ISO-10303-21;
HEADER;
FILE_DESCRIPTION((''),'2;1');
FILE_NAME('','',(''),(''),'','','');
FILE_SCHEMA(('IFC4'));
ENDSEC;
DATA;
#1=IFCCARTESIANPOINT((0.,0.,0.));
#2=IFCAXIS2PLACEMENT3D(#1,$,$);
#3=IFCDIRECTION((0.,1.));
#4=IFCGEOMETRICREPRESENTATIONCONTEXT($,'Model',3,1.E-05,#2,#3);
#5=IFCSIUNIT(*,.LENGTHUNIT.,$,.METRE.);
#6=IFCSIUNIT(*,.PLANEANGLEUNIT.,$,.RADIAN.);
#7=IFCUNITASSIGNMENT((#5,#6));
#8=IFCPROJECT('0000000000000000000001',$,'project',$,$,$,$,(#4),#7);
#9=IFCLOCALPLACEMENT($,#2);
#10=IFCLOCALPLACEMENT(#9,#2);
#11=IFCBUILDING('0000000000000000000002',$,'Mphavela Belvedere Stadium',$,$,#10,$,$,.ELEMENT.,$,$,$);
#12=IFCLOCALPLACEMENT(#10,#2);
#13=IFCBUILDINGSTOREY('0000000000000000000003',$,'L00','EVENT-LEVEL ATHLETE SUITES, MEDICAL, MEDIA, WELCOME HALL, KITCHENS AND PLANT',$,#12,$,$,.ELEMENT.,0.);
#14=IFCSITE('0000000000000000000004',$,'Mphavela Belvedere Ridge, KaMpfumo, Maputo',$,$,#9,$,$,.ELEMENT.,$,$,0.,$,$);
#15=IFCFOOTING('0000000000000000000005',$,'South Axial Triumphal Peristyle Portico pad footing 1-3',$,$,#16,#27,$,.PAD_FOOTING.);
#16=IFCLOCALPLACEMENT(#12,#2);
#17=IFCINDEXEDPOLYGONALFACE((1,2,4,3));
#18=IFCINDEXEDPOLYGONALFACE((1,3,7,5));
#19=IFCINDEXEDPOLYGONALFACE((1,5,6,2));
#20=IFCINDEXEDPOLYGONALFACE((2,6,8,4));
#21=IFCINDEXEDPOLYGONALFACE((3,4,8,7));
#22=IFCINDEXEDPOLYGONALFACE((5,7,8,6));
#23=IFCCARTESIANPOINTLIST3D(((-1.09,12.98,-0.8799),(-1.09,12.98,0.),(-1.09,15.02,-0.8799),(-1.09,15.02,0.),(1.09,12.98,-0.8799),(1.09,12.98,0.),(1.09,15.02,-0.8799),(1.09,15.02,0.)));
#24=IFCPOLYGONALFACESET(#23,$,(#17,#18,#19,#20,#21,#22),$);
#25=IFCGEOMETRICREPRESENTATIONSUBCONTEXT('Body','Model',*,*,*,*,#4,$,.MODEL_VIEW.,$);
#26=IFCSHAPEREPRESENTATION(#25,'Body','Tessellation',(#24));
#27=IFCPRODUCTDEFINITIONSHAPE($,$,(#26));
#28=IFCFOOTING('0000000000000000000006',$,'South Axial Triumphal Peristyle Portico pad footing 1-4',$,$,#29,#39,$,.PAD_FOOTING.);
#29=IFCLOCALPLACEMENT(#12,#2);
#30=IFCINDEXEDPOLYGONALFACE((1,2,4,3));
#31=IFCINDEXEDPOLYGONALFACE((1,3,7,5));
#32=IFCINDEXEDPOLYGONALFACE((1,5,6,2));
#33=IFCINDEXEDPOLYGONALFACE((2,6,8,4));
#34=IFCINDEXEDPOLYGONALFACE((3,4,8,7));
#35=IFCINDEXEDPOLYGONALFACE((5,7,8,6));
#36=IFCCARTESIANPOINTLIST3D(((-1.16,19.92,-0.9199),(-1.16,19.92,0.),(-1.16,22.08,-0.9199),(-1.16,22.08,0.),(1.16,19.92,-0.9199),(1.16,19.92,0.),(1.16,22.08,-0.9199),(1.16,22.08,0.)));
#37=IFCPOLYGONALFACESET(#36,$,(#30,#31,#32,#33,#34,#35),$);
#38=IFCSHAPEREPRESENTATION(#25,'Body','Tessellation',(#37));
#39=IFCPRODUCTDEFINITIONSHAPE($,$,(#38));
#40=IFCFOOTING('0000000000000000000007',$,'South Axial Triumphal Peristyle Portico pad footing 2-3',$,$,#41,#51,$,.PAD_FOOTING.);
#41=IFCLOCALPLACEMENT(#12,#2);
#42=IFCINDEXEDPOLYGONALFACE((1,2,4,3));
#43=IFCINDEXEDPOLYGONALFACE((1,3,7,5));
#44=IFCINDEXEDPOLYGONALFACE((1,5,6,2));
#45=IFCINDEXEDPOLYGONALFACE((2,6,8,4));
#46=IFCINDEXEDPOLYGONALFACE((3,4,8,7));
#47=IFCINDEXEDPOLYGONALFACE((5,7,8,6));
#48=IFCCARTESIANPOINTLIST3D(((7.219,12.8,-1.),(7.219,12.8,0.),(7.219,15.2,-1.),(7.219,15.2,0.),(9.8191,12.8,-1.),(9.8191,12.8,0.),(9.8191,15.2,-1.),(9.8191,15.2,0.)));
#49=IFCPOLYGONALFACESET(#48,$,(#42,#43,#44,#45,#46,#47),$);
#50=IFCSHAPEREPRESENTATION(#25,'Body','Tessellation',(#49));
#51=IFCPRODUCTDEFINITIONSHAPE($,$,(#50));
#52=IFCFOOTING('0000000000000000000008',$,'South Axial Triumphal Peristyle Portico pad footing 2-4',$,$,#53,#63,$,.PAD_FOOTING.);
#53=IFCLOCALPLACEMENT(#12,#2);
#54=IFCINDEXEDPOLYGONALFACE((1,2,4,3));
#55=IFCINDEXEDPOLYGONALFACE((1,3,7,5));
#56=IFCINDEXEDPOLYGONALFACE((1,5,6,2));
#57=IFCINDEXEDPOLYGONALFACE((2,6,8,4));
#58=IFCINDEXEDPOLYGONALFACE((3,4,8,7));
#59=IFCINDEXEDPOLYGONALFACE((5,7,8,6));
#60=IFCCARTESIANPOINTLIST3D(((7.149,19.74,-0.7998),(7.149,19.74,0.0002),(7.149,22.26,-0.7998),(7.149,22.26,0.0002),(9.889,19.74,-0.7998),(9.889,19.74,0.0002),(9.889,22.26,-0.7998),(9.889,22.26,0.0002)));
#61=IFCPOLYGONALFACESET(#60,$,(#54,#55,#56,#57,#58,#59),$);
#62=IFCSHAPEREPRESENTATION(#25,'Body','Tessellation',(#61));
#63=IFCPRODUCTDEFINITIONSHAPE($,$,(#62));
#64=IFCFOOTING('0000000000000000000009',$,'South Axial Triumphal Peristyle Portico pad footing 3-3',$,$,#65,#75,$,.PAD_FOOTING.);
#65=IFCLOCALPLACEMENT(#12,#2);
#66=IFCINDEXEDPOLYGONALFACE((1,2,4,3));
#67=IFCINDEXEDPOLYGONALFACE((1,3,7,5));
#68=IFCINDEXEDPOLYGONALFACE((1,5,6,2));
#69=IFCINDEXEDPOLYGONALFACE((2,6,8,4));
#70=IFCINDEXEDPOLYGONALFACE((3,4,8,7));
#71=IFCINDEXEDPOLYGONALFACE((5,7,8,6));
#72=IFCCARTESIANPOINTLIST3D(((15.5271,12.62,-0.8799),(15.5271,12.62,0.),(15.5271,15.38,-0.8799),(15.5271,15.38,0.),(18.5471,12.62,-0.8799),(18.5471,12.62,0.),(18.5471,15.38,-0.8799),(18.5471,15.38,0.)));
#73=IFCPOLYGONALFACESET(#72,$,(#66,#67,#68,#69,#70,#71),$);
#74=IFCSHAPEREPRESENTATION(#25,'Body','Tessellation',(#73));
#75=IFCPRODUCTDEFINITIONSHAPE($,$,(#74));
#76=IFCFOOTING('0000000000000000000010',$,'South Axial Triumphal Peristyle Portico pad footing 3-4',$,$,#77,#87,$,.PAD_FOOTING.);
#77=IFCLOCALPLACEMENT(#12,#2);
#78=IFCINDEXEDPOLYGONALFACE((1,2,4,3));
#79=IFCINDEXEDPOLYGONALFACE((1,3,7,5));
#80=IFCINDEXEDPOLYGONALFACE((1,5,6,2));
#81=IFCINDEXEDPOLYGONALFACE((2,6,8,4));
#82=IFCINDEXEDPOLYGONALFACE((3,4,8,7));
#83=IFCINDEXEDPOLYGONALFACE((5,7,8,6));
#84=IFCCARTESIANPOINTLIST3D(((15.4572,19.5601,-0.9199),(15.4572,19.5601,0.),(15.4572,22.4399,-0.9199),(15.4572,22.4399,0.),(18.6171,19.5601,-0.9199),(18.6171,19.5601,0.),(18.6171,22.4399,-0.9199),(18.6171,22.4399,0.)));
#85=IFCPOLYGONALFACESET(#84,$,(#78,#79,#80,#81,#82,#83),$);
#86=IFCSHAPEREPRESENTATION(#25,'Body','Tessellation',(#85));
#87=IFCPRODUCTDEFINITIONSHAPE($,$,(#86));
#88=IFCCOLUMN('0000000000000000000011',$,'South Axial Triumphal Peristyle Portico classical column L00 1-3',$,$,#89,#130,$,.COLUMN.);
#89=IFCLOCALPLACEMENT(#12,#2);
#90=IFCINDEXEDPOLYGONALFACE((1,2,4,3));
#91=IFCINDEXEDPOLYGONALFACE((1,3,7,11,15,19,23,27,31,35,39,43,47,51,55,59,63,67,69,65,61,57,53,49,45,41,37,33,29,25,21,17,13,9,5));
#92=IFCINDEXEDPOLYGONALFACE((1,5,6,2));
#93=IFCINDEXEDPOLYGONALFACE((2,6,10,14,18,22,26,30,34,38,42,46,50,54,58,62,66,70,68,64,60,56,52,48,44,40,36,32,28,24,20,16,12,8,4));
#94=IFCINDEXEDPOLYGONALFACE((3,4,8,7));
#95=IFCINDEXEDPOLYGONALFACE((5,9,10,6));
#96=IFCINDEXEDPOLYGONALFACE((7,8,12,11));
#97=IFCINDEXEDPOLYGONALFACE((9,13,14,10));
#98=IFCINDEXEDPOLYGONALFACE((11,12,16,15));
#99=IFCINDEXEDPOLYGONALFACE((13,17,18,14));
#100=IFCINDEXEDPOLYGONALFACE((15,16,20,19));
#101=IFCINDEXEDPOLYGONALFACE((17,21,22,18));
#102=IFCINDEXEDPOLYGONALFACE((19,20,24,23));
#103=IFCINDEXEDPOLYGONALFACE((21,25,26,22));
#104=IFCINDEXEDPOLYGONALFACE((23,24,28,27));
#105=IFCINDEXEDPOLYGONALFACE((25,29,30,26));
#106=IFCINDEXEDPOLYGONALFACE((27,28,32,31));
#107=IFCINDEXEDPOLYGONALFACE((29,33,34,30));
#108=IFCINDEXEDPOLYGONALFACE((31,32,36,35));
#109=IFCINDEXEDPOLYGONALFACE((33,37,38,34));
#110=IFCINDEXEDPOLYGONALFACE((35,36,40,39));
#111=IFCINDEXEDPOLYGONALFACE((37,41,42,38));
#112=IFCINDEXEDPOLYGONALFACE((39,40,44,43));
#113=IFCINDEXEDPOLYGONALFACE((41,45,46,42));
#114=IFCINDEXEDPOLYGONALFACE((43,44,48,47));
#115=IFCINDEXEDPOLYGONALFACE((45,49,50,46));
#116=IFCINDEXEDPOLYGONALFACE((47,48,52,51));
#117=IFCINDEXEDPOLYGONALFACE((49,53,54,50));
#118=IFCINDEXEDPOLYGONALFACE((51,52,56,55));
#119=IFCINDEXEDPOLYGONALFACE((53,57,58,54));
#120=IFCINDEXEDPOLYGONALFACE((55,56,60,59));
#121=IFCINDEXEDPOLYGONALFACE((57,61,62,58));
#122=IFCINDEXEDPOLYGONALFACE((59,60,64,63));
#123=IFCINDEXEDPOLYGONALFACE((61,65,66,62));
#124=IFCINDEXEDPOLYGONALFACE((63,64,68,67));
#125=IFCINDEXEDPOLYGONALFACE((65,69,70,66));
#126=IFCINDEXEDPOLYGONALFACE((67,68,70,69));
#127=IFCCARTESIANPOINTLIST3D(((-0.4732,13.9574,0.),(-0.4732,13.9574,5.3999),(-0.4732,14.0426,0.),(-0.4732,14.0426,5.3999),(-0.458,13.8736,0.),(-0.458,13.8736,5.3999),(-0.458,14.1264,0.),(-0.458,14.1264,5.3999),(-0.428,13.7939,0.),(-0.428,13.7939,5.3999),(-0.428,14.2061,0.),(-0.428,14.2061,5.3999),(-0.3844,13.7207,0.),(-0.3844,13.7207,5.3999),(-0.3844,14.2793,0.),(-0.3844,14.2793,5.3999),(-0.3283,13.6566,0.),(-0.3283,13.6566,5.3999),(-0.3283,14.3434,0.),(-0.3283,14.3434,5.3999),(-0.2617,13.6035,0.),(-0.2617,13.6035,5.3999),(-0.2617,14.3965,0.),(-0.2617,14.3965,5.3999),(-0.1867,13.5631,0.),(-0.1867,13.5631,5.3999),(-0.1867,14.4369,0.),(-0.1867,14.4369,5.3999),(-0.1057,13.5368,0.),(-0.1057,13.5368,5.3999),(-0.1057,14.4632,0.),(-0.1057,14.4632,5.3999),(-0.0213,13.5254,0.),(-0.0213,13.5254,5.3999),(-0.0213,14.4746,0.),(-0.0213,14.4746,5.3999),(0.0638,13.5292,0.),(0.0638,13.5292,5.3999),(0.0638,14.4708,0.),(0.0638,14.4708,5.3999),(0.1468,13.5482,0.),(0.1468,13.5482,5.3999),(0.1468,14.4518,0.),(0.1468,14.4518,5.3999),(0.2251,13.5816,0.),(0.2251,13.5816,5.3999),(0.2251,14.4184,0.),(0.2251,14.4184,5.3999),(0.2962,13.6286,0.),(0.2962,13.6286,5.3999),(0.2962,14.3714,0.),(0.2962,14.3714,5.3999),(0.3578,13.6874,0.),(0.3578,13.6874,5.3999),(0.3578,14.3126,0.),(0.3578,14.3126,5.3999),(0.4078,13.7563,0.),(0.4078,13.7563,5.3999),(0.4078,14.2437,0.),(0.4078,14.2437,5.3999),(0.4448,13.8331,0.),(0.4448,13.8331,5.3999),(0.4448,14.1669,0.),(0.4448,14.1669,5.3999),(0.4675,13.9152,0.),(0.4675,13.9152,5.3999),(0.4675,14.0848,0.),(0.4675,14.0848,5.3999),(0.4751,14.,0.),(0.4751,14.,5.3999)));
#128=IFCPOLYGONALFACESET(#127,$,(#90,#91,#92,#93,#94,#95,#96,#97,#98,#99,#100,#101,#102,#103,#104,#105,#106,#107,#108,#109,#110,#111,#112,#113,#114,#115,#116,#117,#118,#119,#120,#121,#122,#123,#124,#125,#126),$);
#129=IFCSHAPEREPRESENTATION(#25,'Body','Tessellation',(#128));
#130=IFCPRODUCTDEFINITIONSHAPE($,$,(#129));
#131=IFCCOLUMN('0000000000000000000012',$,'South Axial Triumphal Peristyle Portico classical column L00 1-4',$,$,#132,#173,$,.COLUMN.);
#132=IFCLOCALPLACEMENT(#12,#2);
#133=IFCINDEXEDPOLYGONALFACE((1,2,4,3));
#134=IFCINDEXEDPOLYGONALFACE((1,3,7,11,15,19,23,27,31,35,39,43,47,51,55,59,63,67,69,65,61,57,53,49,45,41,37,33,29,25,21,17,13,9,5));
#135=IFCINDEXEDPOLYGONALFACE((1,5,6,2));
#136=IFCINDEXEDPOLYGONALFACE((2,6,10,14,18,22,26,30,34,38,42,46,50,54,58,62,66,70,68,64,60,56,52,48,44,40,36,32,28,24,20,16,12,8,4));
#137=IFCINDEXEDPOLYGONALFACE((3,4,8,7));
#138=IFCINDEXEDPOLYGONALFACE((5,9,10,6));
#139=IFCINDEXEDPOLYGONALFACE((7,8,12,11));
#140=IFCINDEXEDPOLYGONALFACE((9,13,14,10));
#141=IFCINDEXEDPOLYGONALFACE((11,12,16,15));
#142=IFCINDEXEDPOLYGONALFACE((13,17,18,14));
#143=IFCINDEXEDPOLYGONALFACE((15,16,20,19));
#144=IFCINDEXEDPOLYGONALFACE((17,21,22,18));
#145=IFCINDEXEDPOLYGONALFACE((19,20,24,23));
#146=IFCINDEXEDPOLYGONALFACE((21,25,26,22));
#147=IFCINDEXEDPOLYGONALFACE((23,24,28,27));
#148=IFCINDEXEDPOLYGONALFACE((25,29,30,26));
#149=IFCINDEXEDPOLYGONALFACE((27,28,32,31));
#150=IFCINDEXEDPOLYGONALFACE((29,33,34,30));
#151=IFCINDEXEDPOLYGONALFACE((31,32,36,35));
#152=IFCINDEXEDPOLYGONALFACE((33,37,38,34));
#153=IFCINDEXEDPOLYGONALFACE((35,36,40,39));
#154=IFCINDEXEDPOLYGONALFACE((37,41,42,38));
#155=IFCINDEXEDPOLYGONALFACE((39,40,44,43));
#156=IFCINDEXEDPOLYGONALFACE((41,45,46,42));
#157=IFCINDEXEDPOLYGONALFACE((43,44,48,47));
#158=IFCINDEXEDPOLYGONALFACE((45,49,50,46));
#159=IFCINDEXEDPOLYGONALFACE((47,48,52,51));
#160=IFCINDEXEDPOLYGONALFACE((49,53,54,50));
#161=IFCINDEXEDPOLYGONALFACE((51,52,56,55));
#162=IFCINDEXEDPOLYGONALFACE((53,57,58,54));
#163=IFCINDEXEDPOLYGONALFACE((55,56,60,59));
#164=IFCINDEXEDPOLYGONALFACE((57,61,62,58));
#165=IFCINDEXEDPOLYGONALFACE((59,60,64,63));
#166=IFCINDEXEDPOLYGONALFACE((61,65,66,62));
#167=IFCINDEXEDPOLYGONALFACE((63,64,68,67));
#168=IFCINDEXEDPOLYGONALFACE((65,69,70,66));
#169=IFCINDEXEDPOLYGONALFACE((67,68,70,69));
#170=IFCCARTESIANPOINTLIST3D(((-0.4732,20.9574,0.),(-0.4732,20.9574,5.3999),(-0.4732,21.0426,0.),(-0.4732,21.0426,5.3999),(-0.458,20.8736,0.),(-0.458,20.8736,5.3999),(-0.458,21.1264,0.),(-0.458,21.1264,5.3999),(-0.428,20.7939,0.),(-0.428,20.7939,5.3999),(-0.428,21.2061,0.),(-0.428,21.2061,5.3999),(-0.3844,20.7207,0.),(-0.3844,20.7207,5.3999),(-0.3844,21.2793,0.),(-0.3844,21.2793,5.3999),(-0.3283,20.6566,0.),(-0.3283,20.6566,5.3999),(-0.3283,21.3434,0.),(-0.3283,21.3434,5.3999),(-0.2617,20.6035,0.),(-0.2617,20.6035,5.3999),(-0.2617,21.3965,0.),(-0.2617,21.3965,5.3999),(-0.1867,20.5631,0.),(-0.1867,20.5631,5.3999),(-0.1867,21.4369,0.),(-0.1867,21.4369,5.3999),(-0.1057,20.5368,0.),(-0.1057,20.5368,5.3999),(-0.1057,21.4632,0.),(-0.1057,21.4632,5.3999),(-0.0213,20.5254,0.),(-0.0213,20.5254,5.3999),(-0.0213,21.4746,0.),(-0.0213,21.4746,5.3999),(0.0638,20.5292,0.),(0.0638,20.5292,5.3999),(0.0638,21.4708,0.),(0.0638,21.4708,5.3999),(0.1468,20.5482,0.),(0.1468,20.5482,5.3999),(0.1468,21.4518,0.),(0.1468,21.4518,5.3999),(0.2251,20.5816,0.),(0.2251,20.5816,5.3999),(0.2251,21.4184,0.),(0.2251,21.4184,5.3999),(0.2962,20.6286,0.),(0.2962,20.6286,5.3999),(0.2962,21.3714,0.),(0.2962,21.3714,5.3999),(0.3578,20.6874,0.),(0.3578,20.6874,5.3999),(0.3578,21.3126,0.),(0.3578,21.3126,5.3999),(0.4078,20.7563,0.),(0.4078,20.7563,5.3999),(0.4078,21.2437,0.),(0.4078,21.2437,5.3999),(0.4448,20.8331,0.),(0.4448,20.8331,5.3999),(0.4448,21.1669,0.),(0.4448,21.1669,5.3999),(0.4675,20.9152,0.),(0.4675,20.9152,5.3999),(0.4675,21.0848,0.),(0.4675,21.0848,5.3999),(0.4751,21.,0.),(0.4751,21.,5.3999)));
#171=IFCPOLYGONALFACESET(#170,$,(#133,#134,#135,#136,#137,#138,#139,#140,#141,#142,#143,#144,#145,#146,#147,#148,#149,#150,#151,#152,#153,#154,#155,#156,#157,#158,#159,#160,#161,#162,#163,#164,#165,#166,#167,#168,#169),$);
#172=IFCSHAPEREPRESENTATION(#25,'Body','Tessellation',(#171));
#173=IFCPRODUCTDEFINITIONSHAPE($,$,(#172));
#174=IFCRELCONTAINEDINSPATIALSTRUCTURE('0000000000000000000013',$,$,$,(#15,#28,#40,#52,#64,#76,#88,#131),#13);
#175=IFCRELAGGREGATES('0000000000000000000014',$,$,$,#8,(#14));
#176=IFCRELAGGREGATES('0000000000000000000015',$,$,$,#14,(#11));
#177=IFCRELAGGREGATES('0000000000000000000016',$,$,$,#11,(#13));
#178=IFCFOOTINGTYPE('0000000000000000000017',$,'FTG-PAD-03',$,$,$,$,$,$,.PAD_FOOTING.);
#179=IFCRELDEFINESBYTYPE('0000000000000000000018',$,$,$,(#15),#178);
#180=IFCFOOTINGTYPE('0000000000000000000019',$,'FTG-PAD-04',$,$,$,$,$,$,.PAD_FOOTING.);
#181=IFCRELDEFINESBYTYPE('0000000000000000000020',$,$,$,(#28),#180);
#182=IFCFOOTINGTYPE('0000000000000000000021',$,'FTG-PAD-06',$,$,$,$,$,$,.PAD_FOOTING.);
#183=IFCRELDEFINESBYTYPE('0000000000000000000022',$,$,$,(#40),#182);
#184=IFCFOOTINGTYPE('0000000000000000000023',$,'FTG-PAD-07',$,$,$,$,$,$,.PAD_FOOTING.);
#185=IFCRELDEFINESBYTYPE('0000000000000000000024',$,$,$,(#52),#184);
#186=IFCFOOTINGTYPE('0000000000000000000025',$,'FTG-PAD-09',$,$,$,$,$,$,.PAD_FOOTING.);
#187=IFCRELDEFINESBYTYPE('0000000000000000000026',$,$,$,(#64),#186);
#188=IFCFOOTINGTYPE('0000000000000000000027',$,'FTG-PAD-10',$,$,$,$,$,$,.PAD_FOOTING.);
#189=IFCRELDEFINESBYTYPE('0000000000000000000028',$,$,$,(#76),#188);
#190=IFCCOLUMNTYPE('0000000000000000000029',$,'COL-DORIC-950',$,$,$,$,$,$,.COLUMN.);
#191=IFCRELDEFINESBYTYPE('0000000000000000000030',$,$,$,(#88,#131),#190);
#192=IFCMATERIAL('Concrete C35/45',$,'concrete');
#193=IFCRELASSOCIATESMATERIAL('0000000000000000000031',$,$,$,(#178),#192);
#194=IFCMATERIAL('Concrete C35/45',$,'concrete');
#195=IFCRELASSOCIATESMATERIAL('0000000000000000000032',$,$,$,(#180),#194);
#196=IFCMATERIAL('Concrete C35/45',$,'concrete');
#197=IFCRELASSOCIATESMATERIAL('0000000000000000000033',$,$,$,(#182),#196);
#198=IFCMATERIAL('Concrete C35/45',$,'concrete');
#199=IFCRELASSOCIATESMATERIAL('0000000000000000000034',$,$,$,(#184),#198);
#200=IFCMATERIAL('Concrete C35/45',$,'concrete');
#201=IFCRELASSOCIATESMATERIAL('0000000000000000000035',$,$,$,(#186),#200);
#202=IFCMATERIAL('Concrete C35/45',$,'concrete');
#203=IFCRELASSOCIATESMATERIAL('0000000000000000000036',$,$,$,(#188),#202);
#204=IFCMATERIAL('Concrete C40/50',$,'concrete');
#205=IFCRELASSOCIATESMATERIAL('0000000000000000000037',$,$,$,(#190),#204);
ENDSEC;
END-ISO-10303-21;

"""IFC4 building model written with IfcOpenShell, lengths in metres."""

from ifc_helpers import new_model, si_unit, direction, frame, origin, origin_2d, place, context, subcontext, project, spatial, rectangle, circle, extrude, material, material_profile, profile_set, type_object, element, save


model = new_model("IFC4")

# Units and contexts
model_context = context("Model", 3, precision=1e-05, world=origin(), true_north=direction((0.0, 1.0)))
body_context = subcontext(model_context, "Body", "Model", "MODEL_VIEW")
ifc_project = project(units=[si_unit("LENGTHUNIT", "METRE"), si_unit("PLANEANGLEUNIT", "RADIAN")], contexts=[model_context])

# Site, building, storey
site_placement = place(None, origin())
site = spatial("IfcSite", under=ifc_project, at=site_placement, Name="Mphavela Belvedere Ridge, KaMpfumo, Maputo", CompositionType="ELEMENT", RefElevation=0.0)
building_placement = place(site_placement, origin())
building = spatial("IfcBuilding", under=site, at=building_placement, Name="Mphavela Belvedere Stadium", CompositionType="ELEMENT")
storey_placement = place(building_placement, origin())
storey = spatial("IfcBuildingStorey", under=building, at=storey_placement, Name="L00", Description="EVENT-LEVEL ATHLETE SUITES, MEDICAL, MEDIA, WELCOME HALL, KITCHENS AND PLANT", CompositionType="ELEMENT", Elevation=0.0)

# Footings
ifc_material_1 = material(Name="Concrete C35/45", Category="concrete")
footing_type_1 = type_object("IfcFootingType", Name="FTG-PAD-03", PredefinedType="PAD_FOOTING", material=ifc_material_1)
footing_1_placement = place(storey_placement, frame((0.0, 14.0, -0.8799), z_axis=(0.0, 0.0, 1.0), x_axis=(1.0, 0.0, 0.0)))
element("IfcFooting", 1, at=footing_1_placement, inside=storey, type_object=footing_type_1, Name="South Axial Triumphal Peristyle Portico pad footing 1-3", PredefinedType="PAD_FOOTING", context=body_context, shape_type="SweptSolid", body=[
    extrude(rectangle(XDim=2.1799, YDim=2.04, at=origin_2d()), origin(), (0.0, 0.0, 1.0), 0.8799),
])
ifc_material_2 = material(Name="Concrete C35/45", Category="concrete")
footing_type_2 = type_object("IfcFootingType", Name="FTG-PAD-04", PredefinedType="PAD_FOOTING", material=ifc_material_2)
footing_2_placement = place(storey_placement, frame((0.0, 21.0, -0.9199), z_axis=(0.0, 0.0, 1.0), x_axis=(1.0, 0.0, 0.0)))
element("IfcFooting", 2, at=footing_2_placement, inside=storey, type_object=footing_type_2, Name="South Axial Triumphal Peristyle Portico pad footing 1-4", PredefinedType="PAD_FOOTING", context=body_context, shape_type="SweptSolid", body=[
    extrude(rectangle(XDim=2.3201, YDim=2.1599, at=origin_2d()), origin(), (0.0, 0.0, 1.0), 0.9199),
])
ifc_material_3 = material(Name="Concrete C35/45", Category="concrete")
footing_type_3 = type_object("IfcFootingType", Name="FTG-PAD-06", PredefinedType="PAD_FOOTING", material=ifc_material_3)
footing_3_placement = place(storey_placement, frame((8.519, 14.0, -1.0), z_axis=(0.0, 0.0, 1.0), x_axis=(1.0, 0.0, 0.0)))
element("IfcFooting", 3, at=footing_3_placement, inside=storey, type_object=footing_type_3, Name="South Axial Triumphal Peristyle Portico pad footing 2-3", PredefinedType="PAD_FOOTING", context=body_context, shape_type="SweptSolid", body=[
    extrude(rectangle(XDim=2.6001, YDim=2.3999, at=origin_2d()), origin(), (0.0, 0.0, 1.0), 1.0),
])
ifc_material_4 = material(Name="Concrete C35/45", Category="concrete")
footing_type_4 = type_object("IfcFootingType", Name="FTG-PAD-07", PredefinedType="PAD_FOOTING", material=ifc_material_4)
footing_4_placement = place(storey_placement, frame((8.519, 21.0, -0.7998), z_axis=(0.0, 0.0, 1.0), x_axis=(1.0, 0.0, 0.0)))
element("IfcFooting", 4, at=footing_4_placement, inside=storey, type_object=footing_type_4, Name="South Axial Triumphal Peristyle Portico pad footing 2-4", PredefinedType="PAD_FOOTING", context=body_context, shape_type="SweptSolid", body=[
    extrude(rectangle(XDim=2.74, YDim=2.52, at=origin_2d()), origin(), (0.0, 0.0, 1.0), 0.8),
])
ifc_material_5 = material(Name="Concrete C35/45", Category="concrete")
footing_type_5 = type_object("IfcFootingType", Name="FTG-PAD-09", PredefinedType="PAD_FOOTING", material=ifc_material_5)
footing_5_placement = place(storey_placement, frame((17.0371, 14.0, -0.8799), z_axis=(0.0, 0.0, 1.0), x_axis=(1.0, 0.0, 0.0)))
element("IfcFooting", 5, at=footing_5_placement, inside=storey, type_object=footing_type_5, Name="South Axial Triumphal Peristyle Portico pad footing 3-3", PredefinedType="PAD_FOOTING", context=body_context, shape_type="SweptSolid", body=[
    extrude(rectangle(XDim=3.02, YDim=2.76, at=origin_2d()), origin(), (0.0, 0.0, 1.0), 0.8799),
])
ifc_material_6 = material(Name="Concrete C35/45", Category="concrete")
footing_type_6 = type_object("IfcFootingType", Name="FTG-PAD-10", PredefinedType="PAD_FOOTING", material=ifc_material_6)
footing_6_placement = place(storey_placement, frame((17.0371, 21.0, -0.9199), z_axis=(0.0, 0.0, 1.0), x_axis=(1.0, 0.0, 0.0)))
element("IfcFooting", 6, at=footing_6_placement, inside=storey, type_object=footing_type_6, Name="South Axial Triumphal Peristyle Portico pad footing 3-4", PredefinedType="PAD_FOOTING", context=body_context, shape_type="SweptSolid", body=[
    extrude(rectangle(XDim=3.1599, YDim=2.8799, at=origin_2d()), origin(), (0.0, 0.0, 1.0), 0.9199),
])

# Columns
ifc_material_7 = material(Name="Concrete C40/50", Category="concrete")
ifc_material_profile_1 = material_profile(ifc_material_7, circle(Radius=0.4751, at=origin_2d()), Name="COL D950")
ifc_profile_set_1 = profile_set([ifc_material_profile_1], Name="Concrete C40/50")
column_type = type_object("IfcColumnType", Name="COL-DORIC-950", PredefinedType="COLUMN", material=ifc_profile_set_1)
for number, where, z_axis, x_axis, name in (
    (7, (0.0, 14.0, 0.0), (0.0, 0.0, 1.0), (1.0, 0.0, 0.0), "South Axial Triumphal Peristyle Portico classical column L00 1-3"),
    (8, (0.0, 21.0, 0.0), (0.0, 0.0, 1.0), (1.0, 0.0, 0.0), "South Axial Triumphal Peristyle Portico classical column L00 1-4"),
):
    element("IfcColumn", number, at=place(storey_placement, frame(where, z_axis=z_axis, x_axis=x_axis)), inside=storey, type_object=column_type, Name=name, PredefinedType="COLUMN", context=body_context, shape_type="SweptSolid", body=[
        extrude(circle(Radius=0.4751, at=origin_2d()), origin(), (0.0, 0.0, 1.0), 5.3999),
    ])

save(model, "model.ifc")
